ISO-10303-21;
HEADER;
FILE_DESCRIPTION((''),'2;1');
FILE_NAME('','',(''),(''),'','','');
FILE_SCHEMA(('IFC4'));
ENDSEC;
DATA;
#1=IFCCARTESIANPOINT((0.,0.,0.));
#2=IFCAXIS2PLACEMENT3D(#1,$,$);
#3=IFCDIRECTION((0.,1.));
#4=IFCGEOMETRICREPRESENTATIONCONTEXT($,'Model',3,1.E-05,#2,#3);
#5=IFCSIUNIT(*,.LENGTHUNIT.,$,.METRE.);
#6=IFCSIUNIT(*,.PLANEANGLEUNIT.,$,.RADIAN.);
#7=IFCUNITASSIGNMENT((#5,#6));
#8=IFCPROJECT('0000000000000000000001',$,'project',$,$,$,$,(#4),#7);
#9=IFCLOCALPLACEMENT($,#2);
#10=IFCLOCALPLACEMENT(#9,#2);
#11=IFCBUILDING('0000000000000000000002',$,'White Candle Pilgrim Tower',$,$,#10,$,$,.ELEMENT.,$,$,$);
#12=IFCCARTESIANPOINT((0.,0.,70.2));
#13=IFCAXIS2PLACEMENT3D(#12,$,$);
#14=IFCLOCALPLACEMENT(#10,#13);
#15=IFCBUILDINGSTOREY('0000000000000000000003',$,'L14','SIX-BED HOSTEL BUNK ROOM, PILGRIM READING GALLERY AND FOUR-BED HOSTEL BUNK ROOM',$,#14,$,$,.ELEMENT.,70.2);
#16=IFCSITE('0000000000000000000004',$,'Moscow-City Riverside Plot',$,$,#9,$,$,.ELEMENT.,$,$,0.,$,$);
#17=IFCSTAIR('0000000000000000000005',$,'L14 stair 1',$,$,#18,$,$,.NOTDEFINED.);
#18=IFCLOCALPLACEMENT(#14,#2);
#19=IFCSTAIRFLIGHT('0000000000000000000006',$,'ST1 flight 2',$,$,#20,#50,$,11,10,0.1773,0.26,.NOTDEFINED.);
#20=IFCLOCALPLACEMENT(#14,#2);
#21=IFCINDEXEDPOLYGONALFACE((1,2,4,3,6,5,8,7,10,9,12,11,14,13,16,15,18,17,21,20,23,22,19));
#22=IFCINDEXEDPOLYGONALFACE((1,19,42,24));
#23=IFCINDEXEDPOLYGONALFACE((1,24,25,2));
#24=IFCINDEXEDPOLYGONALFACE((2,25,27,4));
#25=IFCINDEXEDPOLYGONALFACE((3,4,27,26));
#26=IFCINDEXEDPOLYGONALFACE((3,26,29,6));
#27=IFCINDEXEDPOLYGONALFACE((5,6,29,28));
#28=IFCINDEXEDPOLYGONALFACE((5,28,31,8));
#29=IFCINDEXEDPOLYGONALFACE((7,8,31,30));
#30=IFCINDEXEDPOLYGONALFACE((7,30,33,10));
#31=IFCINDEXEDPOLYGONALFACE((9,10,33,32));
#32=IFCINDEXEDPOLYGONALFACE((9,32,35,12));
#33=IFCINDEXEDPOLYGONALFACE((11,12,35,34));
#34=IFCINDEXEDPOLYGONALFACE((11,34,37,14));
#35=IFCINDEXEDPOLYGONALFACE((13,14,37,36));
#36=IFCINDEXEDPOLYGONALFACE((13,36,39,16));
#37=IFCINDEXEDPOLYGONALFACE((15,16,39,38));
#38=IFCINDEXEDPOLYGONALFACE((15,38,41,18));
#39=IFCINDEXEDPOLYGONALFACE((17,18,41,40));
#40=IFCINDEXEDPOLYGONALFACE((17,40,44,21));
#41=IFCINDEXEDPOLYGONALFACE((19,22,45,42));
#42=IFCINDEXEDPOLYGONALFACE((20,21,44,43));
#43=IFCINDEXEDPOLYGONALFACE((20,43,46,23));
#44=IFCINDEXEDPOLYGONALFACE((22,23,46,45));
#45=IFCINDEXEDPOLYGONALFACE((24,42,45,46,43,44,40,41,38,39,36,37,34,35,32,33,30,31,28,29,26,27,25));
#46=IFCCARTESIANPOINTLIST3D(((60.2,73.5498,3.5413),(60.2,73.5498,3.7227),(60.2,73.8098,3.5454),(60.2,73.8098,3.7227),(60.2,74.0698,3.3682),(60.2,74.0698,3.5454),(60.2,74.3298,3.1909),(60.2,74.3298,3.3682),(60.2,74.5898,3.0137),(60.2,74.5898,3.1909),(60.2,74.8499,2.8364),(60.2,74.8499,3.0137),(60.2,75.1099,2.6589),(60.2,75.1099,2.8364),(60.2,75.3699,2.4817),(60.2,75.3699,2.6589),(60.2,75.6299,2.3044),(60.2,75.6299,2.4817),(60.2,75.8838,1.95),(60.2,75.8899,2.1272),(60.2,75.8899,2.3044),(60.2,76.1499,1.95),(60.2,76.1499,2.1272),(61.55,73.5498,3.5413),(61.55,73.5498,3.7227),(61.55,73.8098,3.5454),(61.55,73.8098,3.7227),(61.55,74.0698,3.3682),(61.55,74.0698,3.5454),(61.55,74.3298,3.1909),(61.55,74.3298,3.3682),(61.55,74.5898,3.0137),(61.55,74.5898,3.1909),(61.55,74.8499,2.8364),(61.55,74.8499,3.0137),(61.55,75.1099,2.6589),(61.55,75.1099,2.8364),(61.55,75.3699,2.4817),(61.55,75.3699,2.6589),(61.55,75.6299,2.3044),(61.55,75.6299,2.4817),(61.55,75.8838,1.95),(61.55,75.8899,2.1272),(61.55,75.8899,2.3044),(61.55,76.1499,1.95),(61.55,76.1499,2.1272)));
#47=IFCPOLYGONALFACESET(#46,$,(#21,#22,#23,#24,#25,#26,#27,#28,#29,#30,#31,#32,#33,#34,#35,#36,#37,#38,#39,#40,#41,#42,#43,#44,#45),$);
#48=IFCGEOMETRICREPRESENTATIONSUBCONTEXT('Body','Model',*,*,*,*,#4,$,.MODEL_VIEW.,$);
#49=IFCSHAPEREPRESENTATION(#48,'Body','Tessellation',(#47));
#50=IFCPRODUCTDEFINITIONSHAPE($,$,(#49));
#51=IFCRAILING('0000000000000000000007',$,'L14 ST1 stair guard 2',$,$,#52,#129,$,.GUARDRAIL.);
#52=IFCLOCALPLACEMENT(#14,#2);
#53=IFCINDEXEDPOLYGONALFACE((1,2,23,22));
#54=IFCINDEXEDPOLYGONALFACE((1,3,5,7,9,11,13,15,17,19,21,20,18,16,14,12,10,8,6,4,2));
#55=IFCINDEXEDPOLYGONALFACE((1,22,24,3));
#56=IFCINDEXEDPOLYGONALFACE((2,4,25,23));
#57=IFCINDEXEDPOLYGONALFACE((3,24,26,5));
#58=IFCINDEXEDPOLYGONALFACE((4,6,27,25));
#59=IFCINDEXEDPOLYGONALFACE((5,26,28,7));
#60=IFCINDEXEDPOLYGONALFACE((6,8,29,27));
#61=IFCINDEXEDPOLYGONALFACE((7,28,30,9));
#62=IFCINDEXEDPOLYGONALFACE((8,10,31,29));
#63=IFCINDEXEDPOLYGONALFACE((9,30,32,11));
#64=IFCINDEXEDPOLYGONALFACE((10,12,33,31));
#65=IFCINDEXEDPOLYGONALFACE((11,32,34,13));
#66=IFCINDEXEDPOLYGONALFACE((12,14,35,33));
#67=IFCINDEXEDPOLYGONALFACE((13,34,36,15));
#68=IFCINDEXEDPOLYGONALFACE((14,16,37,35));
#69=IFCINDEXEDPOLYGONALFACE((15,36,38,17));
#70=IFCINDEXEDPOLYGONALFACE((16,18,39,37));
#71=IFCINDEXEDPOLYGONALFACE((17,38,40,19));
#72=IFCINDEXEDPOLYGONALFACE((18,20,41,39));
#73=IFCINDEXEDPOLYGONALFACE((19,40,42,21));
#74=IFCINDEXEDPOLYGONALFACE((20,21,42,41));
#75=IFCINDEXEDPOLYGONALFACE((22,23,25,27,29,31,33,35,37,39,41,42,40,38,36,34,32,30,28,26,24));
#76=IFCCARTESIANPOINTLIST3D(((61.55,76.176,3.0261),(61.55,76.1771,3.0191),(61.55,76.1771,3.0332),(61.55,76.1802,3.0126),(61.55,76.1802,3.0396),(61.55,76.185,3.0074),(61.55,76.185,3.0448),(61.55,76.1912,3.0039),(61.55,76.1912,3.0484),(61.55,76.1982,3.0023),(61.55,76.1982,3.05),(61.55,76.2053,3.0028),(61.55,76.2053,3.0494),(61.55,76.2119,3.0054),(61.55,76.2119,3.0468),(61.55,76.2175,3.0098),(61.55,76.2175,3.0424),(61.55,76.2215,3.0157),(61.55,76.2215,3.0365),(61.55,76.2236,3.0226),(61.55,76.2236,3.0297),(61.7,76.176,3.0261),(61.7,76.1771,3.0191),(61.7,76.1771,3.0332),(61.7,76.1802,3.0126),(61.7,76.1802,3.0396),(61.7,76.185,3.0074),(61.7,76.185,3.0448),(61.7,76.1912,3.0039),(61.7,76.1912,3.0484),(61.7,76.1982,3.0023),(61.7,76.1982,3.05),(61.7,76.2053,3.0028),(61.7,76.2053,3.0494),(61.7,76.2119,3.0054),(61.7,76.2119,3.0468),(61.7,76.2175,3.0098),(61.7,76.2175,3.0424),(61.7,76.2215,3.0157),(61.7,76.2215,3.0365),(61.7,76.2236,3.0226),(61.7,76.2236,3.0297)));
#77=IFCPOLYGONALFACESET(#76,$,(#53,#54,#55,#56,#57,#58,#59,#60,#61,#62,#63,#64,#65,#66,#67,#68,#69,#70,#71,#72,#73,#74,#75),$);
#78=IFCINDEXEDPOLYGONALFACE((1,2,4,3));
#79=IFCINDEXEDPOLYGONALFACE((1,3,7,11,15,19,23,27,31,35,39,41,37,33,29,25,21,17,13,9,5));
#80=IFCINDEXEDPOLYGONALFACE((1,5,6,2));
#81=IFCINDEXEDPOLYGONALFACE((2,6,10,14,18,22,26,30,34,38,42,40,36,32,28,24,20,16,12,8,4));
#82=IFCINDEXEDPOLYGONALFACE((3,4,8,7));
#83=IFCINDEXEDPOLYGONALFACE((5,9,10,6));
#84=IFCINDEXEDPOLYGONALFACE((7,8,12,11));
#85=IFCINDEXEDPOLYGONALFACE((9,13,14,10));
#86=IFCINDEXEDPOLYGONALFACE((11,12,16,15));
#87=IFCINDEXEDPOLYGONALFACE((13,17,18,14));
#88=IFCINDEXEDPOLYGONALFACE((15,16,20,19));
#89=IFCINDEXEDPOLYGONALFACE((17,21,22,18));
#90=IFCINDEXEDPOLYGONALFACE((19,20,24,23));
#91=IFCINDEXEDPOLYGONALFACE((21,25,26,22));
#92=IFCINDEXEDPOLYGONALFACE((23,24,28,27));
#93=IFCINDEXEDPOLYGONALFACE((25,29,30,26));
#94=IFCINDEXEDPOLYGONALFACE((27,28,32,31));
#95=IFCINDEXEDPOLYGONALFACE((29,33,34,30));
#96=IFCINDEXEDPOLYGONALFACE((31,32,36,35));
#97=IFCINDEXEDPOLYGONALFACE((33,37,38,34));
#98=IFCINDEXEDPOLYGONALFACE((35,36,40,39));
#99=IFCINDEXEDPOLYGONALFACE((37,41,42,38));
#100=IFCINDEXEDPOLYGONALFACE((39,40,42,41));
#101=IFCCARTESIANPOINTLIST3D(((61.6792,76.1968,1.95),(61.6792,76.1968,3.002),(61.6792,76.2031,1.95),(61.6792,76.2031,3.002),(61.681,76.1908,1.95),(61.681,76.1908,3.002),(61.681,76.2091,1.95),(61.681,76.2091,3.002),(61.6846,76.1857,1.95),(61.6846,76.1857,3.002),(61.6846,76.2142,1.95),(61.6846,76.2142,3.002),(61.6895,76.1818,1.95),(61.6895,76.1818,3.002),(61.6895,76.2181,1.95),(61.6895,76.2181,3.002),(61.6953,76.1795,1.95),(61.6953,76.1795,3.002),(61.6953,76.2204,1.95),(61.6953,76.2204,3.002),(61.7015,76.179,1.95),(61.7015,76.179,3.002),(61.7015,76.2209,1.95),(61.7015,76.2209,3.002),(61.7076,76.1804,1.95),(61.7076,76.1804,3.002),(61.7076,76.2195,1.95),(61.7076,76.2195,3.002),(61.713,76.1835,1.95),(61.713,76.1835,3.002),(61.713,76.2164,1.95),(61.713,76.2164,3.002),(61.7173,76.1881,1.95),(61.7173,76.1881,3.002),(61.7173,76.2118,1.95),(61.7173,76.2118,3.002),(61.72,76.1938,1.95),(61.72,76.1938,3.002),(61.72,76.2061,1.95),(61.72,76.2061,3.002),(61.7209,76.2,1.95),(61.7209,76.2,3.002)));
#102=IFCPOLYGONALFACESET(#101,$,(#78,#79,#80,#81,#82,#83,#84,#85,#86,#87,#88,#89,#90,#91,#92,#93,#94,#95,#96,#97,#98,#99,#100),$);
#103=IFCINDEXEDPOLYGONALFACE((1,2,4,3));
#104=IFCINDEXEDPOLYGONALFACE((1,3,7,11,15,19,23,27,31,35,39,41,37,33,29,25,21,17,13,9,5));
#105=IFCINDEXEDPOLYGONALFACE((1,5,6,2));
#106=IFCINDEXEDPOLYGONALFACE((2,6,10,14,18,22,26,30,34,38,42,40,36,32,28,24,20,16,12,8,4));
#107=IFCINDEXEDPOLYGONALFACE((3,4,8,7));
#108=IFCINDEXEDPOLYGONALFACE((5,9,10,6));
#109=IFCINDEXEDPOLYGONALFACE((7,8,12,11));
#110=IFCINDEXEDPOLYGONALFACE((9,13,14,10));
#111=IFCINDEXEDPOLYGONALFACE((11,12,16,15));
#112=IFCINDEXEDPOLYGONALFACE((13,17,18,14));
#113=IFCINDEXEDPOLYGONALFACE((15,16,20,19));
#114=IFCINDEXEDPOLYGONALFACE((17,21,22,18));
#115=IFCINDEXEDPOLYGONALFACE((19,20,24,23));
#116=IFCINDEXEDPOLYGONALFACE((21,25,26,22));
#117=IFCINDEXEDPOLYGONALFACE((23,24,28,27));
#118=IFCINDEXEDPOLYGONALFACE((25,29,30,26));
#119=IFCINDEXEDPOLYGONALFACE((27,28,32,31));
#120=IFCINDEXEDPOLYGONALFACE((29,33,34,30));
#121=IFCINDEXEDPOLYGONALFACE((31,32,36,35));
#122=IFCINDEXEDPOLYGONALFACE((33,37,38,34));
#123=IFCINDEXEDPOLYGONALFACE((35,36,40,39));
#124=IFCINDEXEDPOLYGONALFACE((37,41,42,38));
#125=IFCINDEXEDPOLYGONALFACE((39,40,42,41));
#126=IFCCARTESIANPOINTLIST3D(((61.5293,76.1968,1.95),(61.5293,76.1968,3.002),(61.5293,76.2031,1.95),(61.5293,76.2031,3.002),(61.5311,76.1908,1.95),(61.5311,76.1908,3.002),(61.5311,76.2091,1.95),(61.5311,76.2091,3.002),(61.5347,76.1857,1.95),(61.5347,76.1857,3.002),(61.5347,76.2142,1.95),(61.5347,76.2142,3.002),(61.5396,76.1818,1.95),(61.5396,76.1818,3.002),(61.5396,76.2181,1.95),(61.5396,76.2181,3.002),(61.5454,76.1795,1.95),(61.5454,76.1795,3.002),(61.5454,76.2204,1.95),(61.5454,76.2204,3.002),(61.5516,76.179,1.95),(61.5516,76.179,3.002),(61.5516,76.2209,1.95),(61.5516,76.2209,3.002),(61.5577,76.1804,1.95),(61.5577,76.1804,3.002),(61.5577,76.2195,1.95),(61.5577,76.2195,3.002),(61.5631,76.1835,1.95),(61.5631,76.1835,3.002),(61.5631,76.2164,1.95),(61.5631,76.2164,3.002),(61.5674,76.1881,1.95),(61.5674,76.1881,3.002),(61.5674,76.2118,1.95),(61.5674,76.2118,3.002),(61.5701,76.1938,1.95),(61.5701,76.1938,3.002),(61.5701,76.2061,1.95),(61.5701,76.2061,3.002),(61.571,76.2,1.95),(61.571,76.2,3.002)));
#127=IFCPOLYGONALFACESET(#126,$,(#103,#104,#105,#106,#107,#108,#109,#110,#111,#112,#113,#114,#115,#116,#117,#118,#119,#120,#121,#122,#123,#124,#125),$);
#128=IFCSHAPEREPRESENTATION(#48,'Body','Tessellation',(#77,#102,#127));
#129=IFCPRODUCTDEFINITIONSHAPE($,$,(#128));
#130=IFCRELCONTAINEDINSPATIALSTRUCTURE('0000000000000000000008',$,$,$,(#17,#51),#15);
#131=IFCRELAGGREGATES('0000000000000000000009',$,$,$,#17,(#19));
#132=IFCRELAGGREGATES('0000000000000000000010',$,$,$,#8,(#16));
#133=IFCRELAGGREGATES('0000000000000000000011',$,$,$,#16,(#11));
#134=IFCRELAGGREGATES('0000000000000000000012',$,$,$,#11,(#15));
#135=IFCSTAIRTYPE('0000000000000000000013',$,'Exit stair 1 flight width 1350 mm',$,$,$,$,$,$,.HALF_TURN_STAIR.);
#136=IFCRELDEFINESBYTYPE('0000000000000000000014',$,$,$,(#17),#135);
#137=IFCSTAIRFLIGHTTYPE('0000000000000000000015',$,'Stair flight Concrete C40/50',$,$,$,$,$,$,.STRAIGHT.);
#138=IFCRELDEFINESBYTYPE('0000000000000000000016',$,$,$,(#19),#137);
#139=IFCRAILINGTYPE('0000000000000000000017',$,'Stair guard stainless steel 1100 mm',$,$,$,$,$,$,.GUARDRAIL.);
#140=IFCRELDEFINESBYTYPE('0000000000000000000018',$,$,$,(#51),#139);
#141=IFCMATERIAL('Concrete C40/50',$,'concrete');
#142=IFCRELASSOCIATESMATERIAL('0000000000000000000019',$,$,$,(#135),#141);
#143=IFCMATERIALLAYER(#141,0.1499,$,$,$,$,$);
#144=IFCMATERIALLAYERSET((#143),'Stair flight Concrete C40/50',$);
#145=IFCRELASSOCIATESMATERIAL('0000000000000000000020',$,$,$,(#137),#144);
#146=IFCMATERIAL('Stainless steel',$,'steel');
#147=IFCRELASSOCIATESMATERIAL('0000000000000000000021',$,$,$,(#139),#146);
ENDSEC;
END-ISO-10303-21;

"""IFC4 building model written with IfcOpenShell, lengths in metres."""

from ifc_helpers import new_model, si_unit, direction, frame, origin, origin_2d, place, context, subcontext, project, spatial, polyline, circle, outline, extrude, material, layer, layer_set, type_object, element, aggregate, save


model = new_model("IFC4")

# Units and contexts
model_context = context("Model", 3, precision=1e-05, world=origin(), true_north=direction((0.0, 1.0)))
body_context = subcontext(model_context, "Body", "Model", "MODEL_VIEW")
ifc_project = project(units=[si_unit("LENGTHUNIT", "METRE"), si_unit("PLANEANGLEUNIT", "RADIAN")], contexts=[model_context])

# Site, building, storey
site_placement = place(None, origin())
site = spatial("IfcSite", under=ifc_project, at=site_placement, Name="Moscow-City Riverside Plot", CompositionType="ELEMENT", RefElevation=0.0)
building_placement = place(site_placement, origin())
building = spatial("IfcBuilding", under=site, at=building_placement, Name="White Candle Pilgrim Tower", CompositionType="ELEMENT")
storey_placement = place(building_placement, frame((0.0, 0.0, 70.2)))
storey = spatial("IfcBuildingStorey", under=building, at=storey_placement, Name="L14", Description="SIX-BED HOSTEL BUNK ROOM, PILGRIM READING GALLERY AND FOUR-BED HOSTEL BUNK ROOM", CompositionType="ELEMENT", Elevation=70.2)

# Stair, stair flight
ifc_material_1 = material(Name="Concrete C40/50", Category="concrete")
stair_type = type_object("IfcStairType", Name="Exit stair 1 flight width 1350 mm", PredefinedType="HALF_TURN_STAIR", material=ifc_material_1)
stair_placement = place(storey_placement, origin())
stair = element("IfcStair", 1, at=stair_placement, inside=storey, type_object=stair_type, Name="L14 stair 1", PredefinedType="NOTDEFINED")
ifc_layer_1 = layer(ifc_material_1, 0.1499)
ifc_layer_set_1 = layer_set([ifc_layer_1], Name="Stair flight Concrete C40/50")
stair_flight_type = type_object("IfcStairFlightType", Name="Stair flight Concrete C40/50", PredefinedType="STRAIGHT", material=ifc_layer_set_1)
stair_flight_placement = place(storey_placement, frame((60.875, 76.1499, 1.95), z_axis=(0.0, 0.0, 1.0), x_axis=(0.0, -1.0, 0.0)))
stair_flight = element("IfcStairFlight", 2, at=stair_flight_placement, type_object=stair_flight_type, Name="ST1 flight 2", NumberOfRisers=11, NumberOfTreads=10, PredefinedType="NOTDEFINED", RiserHeight=0.1773, TreadLength=0.26, context=body_context, shape_type="SweptSolid", body=[
    extrude(outline(polyline([(0.0, 0.0), (0.0, 0.1772), (0.26, 0.1772), (0.26, 0.3545), (0.52, 0.3545), (0.52, 0.5317), (0.78, 0.5317), (0.78, 0.709), (1.04, 0.709), (1.04, 0.8865), (1.3, 0.8865), (1.3, 1.0637), (1.5601, 1.0637), (1.5601, 1.241), (1.8201, 1.241), (1.8201, 1.4182), (2.0801, 1.4182), (2.0801, 1.5955), (2.3401, 1.5955), (2.3401, 1.7727), (2.6001, 1.7727), (2.6001, 1.95), (2.6001, 1.5913), (0.2661, 0.0), (0.0, 0.0)])), frame((0.0, 0.675, 0.0), z_axis=(0.0, -1.0, 0.0), x_axis=(1.0, 0.0, 0.0)), (0.0, 0.0, 1.0), 1.3501),
])
aggregate(stair, [stair_flight])

# Railing
ifc_material_2 = material(Name="Stainless steel", Category="steel")
railing_type_1 = type_object("IfcRailingType", Name="Stair guard stainless steel 1100 mm", PredefinedType="GUARDRAIL", material=ifc_material_2)
railing_1_placement = place(storey_placement, frame((61.7, 76.2, 1.95)))
element("IfcRailing", 3, at=railing_1_placement, inside=storey, type_object=railing_type_1, Name="L14 ST1 stair guard 2", PredefinedType="GUARDRAIL", context=body_context, shape_type="SweptSolid", body=[
    extrude(circle(Radius=0.0239, at=origin_2d()), frame((0.0, 0.0, 1.0762), z_axis=(-1.0, 0.0, 0.0), x_axis=(0.0, -1.0, 0.0)), (0.0, 0.0, 1.0), 0.1499),
    extrude(circle(Radius=0.021, at=origin_2d()), origin(), (0.0, 0.0, 1.0), 1.052),
    extrude(circle(Radius=0.021, at=origin_2d()), frame((-0.1499, 0.0, 0.0)), (0.0, 0.0, 1.0), 1.052),
])

save(model, "model.ifc")
